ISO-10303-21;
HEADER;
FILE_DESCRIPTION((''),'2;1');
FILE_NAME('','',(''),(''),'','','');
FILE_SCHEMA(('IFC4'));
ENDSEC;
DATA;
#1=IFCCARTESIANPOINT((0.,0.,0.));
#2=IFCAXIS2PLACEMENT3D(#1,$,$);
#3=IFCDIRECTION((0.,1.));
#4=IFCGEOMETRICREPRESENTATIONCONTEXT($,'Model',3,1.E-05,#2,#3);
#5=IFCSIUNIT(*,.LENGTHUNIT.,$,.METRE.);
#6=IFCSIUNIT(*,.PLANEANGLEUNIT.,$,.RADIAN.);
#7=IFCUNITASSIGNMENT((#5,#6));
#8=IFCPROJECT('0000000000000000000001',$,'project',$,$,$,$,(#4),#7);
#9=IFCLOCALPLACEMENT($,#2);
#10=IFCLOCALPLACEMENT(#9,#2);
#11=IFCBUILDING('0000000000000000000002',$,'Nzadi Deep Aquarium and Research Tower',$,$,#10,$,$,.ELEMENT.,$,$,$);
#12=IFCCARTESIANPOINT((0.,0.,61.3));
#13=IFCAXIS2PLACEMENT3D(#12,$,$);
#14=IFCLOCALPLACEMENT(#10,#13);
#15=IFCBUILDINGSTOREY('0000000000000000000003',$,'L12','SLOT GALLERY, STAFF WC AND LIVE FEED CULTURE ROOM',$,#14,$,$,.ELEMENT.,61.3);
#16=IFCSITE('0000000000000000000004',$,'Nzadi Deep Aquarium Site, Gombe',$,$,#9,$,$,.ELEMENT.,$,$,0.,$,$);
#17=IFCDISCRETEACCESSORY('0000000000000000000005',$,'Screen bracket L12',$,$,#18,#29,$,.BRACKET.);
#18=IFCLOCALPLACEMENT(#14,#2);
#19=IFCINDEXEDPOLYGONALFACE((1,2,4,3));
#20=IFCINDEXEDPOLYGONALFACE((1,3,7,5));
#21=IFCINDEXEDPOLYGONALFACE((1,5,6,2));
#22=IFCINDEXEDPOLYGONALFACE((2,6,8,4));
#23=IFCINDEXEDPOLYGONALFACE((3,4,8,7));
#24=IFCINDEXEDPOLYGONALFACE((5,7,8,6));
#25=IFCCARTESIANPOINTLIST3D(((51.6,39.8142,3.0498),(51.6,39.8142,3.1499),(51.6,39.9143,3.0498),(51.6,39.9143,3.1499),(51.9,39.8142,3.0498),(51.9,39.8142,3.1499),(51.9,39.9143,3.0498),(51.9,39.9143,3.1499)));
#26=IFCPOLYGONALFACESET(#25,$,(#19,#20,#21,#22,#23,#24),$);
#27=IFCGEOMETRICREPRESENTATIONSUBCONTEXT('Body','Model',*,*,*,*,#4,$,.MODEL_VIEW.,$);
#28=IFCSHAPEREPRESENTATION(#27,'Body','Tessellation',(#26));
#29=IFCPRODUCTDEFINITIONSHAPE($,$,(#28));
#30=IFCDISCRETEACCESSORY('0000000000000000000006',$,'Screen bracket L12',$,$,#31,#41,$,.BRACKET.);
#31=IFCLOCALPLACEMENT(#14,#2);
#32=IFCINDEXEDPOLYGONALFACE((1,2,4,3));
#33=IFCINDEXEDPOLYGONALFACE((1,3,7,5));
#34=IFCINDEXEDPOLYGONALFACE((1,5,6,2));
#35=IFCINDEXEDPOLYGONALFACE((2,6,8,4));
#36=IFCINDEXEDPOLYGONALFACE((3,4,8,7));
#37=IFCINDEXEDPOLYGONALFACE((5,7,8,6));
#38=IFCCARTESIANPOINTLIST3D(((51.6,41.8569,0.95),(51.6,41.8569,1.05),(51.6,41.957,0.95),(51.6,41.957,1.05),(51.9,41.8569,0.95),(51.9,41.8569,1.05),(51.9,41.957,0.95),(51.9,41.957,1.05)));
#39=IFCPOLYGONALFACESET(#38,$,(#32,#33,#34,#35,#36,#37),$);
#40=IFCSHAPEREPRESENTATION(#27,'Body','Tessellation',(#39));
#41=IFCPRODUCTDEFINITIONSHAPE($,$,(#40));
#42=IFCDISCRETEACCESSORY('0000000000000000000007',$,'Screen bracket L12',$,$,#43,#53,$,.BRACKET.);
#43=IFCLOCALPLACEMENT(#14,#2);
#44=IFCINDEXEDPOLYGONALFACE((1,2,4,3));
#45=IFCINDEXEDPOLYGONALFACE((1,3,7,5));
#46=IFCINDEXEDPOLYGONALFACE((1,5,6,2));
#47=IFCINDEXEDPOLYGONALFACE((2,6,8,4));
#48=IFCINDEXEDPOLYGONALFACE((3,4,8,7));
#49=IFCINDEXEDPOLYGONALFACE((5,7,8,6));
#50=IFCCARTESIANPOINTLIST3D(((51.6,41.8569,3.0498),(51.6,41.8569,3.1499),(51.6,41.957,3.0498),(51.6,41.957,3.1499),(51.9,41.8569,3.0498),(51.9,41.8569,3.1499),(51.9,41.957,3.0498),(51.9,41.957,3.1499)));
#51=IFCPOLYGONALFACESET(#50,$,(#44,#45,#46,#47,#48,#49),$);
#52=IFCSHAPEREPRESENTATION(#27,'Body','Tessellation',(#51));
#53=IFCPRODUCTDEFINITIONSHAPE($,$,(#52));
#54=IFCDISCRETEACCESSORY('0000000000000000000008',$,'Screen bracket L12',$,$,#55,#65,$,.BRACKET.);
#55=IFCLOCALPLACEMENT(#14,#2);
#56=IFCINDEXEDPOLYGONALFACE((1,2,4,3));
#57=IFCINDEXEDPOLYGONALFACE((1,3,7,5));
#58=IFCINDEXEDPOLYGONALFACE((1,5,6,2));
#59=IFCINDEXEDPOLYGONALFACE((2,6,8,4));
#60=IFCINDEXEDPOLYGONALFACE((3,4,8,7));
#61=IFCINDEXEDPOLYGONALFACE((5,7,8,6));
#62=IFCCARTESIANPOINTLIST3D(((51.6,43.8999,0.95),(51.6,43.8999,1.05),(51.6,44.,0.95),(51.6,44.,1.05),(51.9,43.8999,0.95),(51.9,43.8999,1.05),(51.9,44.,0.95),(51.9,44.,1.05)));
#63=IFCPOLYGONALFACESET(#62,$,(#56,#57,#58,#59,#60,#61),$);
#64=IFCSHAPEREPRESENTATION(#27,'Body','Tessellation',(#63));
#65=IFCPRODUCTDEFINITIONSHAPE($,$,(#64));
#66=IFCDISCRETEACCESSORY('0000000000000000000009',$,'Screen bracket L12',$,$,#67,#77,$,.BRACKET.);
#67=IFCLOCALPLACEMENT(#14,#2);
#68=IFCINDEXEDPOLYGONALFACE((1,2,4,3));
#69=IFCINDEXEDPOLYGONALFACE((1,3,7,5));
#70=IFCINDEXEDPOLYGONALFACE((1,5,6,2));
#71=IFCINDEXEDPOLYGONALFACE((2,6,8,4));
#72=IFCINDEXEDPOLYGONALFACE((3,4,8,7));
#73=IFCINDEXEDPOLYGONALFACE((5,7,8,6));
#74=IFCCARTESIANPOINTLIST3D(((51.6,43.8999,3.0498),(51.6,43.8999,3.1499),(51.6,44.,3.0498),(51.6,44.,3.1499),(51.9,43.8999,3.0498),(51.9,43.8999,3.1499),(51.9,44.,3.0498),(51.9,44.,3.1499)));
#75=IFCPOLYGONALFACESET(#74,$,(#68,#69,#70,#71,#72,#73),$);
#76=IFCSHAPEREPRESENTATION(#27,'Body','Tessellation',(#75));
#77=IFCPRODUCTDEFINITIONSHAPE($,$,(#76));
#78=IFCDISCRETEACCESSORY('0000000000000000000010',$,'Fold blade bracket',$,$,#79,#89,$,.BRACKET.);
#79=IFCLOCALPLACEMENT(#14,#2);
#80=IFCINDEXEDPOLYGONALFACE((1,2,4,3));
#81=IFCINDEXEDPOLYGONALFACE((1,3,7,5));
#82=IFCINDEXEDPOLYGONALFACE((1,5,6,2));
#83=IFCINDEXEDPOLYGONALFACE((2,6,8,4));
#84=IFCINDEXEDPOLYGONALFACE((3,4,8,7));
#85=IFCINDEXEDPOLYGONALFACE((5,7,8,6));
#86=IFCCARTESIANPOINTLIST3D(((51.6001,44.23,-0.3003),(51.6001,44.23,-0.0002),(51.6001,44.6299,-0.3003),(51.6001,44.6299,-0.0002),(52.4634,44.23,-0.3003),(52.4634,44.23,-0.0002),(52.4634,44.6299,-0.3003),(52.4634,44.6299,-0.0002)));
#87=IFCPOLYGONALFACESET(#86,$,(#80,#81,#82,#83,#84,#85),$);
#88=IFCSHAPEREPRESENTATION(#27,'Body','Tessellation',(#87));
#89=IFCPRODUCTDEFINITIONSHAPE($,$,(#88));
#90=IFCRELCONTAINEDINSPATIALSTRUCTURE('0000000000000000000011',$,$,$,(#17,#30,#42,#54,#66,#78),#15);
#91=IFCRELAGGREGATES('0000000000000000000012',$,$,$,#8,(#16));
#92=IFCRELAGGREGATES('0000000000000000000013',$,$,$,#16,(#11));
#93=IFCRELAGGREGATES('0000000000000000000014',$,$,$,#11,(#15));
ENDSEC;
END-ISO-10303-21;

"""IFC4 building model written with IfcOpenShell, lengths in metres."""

from ifc_helpers import new_model, si_unit, direction, frame, origin, origin_2d, place, context, subcontext, project, spatial, rectangle, extrude, element, save


model = new_model("IFC4")

# Units and contexts
model_context = context("Model", 3, precision=1e-05, world=origin(), true_north=direction((0.0, 1.0)))
body_context = subcontext(model_context, "Body", "Model", "MODEL_VIEW")
ifc_project = project(units=[si_unit("LENGTHUNIT", "METRE"), si_unit("PLANEANGLEUNIT", "RADIAN")], contexts=[model_context])

# Site, building, storey
site_placement = place(None, origin())
site = spatial("IfcSite", under=ifc_project, at=site_placement, Name="Nzadi Deep Aquarium Site, Gombe", CompositionType="ELEMENT", RefElevation=0.0)
building_placement = place(site_placement, origin())
building = spatial("IfcBuilding", under=site, at=building_placement, Name="Nzadi Deep Aquarium and Research Tower", CompositionType="ELEMENT")
storey_placement = place(building_placement, frame((0.0, 0.0, 61.3)))
storey = spatial("IfcBuildingStorey", under=building, at=storey_placement, Name="L12", Description="SLOT GALLERY, STAFF WC AND LIVE FEED CULTURE ROOM", CompositionType="ELEMENT", Elevation=61.3)

# Discrete accessories
for number, where, z_axis, x_axis, name in (
    (1, (51.75, 39.8643, 3.0498), (0.0, 0.0, 1.0), (1.0, 0.0, 0.0), "Screen bracket L12"),
    (2, (51.75, 41.907, 0.95), (0.0, 0.0, 1.0), (1.0, 0.0, 0.0), "Screen bracket L12"),
    (3, (51.75, 41.907, 3.0498), (0.0, 0.0, 1.0), (1.0, 0.0, 0.0), "Screen bracket L12"),
    (4, (51.75, 43.95, 0.95), (0.0, 0.0, 1.0), (1.0, 0.0, 0.0), "Screen bracket L12"),
    (5, (51.75, 43.95, 3.0498), (0.0, 0.0, 1.0), (1.0, 0.0, 0.0), "Screen bracket L12"),
):
    element("IfcDiscreteAccessory", number, at=place(storey_placement, frame(where, z_axis=z_axis, x_axis=x_axis)), inside=storey, Name=name, PredefinedType="BRACKET", context=body_context, shape_type="SweptSolid", body=[
        extrude(rectangle(XDim=0.3, YDim=0.1001, at=origin_2d()), origin(), (0.0, 0.0, 1.0), 0.1001),
    ])
discrete_accessory_placement = place(storey_placement, frame((52.0317, 44.4299, -0.3003), z_axis=(0.0, 0.0, 1.0), x_axis=(1.0, 0.0, 0.0)))
element("IfcDiscreteAccessory", 6, at=discrete_accessory_placement, inside=storey, Name="Fold blade bracket", PredefinedType="BRACKET", context=body_context, shape_type="SweptSolid", body=[
    extrude(rectangle(XDim=0.8633, YDim=0.3999, at=origin_2d()), origin(), (0.0, 0.0, 1.0), 0.3),
])

save(model, "model.ifc")
